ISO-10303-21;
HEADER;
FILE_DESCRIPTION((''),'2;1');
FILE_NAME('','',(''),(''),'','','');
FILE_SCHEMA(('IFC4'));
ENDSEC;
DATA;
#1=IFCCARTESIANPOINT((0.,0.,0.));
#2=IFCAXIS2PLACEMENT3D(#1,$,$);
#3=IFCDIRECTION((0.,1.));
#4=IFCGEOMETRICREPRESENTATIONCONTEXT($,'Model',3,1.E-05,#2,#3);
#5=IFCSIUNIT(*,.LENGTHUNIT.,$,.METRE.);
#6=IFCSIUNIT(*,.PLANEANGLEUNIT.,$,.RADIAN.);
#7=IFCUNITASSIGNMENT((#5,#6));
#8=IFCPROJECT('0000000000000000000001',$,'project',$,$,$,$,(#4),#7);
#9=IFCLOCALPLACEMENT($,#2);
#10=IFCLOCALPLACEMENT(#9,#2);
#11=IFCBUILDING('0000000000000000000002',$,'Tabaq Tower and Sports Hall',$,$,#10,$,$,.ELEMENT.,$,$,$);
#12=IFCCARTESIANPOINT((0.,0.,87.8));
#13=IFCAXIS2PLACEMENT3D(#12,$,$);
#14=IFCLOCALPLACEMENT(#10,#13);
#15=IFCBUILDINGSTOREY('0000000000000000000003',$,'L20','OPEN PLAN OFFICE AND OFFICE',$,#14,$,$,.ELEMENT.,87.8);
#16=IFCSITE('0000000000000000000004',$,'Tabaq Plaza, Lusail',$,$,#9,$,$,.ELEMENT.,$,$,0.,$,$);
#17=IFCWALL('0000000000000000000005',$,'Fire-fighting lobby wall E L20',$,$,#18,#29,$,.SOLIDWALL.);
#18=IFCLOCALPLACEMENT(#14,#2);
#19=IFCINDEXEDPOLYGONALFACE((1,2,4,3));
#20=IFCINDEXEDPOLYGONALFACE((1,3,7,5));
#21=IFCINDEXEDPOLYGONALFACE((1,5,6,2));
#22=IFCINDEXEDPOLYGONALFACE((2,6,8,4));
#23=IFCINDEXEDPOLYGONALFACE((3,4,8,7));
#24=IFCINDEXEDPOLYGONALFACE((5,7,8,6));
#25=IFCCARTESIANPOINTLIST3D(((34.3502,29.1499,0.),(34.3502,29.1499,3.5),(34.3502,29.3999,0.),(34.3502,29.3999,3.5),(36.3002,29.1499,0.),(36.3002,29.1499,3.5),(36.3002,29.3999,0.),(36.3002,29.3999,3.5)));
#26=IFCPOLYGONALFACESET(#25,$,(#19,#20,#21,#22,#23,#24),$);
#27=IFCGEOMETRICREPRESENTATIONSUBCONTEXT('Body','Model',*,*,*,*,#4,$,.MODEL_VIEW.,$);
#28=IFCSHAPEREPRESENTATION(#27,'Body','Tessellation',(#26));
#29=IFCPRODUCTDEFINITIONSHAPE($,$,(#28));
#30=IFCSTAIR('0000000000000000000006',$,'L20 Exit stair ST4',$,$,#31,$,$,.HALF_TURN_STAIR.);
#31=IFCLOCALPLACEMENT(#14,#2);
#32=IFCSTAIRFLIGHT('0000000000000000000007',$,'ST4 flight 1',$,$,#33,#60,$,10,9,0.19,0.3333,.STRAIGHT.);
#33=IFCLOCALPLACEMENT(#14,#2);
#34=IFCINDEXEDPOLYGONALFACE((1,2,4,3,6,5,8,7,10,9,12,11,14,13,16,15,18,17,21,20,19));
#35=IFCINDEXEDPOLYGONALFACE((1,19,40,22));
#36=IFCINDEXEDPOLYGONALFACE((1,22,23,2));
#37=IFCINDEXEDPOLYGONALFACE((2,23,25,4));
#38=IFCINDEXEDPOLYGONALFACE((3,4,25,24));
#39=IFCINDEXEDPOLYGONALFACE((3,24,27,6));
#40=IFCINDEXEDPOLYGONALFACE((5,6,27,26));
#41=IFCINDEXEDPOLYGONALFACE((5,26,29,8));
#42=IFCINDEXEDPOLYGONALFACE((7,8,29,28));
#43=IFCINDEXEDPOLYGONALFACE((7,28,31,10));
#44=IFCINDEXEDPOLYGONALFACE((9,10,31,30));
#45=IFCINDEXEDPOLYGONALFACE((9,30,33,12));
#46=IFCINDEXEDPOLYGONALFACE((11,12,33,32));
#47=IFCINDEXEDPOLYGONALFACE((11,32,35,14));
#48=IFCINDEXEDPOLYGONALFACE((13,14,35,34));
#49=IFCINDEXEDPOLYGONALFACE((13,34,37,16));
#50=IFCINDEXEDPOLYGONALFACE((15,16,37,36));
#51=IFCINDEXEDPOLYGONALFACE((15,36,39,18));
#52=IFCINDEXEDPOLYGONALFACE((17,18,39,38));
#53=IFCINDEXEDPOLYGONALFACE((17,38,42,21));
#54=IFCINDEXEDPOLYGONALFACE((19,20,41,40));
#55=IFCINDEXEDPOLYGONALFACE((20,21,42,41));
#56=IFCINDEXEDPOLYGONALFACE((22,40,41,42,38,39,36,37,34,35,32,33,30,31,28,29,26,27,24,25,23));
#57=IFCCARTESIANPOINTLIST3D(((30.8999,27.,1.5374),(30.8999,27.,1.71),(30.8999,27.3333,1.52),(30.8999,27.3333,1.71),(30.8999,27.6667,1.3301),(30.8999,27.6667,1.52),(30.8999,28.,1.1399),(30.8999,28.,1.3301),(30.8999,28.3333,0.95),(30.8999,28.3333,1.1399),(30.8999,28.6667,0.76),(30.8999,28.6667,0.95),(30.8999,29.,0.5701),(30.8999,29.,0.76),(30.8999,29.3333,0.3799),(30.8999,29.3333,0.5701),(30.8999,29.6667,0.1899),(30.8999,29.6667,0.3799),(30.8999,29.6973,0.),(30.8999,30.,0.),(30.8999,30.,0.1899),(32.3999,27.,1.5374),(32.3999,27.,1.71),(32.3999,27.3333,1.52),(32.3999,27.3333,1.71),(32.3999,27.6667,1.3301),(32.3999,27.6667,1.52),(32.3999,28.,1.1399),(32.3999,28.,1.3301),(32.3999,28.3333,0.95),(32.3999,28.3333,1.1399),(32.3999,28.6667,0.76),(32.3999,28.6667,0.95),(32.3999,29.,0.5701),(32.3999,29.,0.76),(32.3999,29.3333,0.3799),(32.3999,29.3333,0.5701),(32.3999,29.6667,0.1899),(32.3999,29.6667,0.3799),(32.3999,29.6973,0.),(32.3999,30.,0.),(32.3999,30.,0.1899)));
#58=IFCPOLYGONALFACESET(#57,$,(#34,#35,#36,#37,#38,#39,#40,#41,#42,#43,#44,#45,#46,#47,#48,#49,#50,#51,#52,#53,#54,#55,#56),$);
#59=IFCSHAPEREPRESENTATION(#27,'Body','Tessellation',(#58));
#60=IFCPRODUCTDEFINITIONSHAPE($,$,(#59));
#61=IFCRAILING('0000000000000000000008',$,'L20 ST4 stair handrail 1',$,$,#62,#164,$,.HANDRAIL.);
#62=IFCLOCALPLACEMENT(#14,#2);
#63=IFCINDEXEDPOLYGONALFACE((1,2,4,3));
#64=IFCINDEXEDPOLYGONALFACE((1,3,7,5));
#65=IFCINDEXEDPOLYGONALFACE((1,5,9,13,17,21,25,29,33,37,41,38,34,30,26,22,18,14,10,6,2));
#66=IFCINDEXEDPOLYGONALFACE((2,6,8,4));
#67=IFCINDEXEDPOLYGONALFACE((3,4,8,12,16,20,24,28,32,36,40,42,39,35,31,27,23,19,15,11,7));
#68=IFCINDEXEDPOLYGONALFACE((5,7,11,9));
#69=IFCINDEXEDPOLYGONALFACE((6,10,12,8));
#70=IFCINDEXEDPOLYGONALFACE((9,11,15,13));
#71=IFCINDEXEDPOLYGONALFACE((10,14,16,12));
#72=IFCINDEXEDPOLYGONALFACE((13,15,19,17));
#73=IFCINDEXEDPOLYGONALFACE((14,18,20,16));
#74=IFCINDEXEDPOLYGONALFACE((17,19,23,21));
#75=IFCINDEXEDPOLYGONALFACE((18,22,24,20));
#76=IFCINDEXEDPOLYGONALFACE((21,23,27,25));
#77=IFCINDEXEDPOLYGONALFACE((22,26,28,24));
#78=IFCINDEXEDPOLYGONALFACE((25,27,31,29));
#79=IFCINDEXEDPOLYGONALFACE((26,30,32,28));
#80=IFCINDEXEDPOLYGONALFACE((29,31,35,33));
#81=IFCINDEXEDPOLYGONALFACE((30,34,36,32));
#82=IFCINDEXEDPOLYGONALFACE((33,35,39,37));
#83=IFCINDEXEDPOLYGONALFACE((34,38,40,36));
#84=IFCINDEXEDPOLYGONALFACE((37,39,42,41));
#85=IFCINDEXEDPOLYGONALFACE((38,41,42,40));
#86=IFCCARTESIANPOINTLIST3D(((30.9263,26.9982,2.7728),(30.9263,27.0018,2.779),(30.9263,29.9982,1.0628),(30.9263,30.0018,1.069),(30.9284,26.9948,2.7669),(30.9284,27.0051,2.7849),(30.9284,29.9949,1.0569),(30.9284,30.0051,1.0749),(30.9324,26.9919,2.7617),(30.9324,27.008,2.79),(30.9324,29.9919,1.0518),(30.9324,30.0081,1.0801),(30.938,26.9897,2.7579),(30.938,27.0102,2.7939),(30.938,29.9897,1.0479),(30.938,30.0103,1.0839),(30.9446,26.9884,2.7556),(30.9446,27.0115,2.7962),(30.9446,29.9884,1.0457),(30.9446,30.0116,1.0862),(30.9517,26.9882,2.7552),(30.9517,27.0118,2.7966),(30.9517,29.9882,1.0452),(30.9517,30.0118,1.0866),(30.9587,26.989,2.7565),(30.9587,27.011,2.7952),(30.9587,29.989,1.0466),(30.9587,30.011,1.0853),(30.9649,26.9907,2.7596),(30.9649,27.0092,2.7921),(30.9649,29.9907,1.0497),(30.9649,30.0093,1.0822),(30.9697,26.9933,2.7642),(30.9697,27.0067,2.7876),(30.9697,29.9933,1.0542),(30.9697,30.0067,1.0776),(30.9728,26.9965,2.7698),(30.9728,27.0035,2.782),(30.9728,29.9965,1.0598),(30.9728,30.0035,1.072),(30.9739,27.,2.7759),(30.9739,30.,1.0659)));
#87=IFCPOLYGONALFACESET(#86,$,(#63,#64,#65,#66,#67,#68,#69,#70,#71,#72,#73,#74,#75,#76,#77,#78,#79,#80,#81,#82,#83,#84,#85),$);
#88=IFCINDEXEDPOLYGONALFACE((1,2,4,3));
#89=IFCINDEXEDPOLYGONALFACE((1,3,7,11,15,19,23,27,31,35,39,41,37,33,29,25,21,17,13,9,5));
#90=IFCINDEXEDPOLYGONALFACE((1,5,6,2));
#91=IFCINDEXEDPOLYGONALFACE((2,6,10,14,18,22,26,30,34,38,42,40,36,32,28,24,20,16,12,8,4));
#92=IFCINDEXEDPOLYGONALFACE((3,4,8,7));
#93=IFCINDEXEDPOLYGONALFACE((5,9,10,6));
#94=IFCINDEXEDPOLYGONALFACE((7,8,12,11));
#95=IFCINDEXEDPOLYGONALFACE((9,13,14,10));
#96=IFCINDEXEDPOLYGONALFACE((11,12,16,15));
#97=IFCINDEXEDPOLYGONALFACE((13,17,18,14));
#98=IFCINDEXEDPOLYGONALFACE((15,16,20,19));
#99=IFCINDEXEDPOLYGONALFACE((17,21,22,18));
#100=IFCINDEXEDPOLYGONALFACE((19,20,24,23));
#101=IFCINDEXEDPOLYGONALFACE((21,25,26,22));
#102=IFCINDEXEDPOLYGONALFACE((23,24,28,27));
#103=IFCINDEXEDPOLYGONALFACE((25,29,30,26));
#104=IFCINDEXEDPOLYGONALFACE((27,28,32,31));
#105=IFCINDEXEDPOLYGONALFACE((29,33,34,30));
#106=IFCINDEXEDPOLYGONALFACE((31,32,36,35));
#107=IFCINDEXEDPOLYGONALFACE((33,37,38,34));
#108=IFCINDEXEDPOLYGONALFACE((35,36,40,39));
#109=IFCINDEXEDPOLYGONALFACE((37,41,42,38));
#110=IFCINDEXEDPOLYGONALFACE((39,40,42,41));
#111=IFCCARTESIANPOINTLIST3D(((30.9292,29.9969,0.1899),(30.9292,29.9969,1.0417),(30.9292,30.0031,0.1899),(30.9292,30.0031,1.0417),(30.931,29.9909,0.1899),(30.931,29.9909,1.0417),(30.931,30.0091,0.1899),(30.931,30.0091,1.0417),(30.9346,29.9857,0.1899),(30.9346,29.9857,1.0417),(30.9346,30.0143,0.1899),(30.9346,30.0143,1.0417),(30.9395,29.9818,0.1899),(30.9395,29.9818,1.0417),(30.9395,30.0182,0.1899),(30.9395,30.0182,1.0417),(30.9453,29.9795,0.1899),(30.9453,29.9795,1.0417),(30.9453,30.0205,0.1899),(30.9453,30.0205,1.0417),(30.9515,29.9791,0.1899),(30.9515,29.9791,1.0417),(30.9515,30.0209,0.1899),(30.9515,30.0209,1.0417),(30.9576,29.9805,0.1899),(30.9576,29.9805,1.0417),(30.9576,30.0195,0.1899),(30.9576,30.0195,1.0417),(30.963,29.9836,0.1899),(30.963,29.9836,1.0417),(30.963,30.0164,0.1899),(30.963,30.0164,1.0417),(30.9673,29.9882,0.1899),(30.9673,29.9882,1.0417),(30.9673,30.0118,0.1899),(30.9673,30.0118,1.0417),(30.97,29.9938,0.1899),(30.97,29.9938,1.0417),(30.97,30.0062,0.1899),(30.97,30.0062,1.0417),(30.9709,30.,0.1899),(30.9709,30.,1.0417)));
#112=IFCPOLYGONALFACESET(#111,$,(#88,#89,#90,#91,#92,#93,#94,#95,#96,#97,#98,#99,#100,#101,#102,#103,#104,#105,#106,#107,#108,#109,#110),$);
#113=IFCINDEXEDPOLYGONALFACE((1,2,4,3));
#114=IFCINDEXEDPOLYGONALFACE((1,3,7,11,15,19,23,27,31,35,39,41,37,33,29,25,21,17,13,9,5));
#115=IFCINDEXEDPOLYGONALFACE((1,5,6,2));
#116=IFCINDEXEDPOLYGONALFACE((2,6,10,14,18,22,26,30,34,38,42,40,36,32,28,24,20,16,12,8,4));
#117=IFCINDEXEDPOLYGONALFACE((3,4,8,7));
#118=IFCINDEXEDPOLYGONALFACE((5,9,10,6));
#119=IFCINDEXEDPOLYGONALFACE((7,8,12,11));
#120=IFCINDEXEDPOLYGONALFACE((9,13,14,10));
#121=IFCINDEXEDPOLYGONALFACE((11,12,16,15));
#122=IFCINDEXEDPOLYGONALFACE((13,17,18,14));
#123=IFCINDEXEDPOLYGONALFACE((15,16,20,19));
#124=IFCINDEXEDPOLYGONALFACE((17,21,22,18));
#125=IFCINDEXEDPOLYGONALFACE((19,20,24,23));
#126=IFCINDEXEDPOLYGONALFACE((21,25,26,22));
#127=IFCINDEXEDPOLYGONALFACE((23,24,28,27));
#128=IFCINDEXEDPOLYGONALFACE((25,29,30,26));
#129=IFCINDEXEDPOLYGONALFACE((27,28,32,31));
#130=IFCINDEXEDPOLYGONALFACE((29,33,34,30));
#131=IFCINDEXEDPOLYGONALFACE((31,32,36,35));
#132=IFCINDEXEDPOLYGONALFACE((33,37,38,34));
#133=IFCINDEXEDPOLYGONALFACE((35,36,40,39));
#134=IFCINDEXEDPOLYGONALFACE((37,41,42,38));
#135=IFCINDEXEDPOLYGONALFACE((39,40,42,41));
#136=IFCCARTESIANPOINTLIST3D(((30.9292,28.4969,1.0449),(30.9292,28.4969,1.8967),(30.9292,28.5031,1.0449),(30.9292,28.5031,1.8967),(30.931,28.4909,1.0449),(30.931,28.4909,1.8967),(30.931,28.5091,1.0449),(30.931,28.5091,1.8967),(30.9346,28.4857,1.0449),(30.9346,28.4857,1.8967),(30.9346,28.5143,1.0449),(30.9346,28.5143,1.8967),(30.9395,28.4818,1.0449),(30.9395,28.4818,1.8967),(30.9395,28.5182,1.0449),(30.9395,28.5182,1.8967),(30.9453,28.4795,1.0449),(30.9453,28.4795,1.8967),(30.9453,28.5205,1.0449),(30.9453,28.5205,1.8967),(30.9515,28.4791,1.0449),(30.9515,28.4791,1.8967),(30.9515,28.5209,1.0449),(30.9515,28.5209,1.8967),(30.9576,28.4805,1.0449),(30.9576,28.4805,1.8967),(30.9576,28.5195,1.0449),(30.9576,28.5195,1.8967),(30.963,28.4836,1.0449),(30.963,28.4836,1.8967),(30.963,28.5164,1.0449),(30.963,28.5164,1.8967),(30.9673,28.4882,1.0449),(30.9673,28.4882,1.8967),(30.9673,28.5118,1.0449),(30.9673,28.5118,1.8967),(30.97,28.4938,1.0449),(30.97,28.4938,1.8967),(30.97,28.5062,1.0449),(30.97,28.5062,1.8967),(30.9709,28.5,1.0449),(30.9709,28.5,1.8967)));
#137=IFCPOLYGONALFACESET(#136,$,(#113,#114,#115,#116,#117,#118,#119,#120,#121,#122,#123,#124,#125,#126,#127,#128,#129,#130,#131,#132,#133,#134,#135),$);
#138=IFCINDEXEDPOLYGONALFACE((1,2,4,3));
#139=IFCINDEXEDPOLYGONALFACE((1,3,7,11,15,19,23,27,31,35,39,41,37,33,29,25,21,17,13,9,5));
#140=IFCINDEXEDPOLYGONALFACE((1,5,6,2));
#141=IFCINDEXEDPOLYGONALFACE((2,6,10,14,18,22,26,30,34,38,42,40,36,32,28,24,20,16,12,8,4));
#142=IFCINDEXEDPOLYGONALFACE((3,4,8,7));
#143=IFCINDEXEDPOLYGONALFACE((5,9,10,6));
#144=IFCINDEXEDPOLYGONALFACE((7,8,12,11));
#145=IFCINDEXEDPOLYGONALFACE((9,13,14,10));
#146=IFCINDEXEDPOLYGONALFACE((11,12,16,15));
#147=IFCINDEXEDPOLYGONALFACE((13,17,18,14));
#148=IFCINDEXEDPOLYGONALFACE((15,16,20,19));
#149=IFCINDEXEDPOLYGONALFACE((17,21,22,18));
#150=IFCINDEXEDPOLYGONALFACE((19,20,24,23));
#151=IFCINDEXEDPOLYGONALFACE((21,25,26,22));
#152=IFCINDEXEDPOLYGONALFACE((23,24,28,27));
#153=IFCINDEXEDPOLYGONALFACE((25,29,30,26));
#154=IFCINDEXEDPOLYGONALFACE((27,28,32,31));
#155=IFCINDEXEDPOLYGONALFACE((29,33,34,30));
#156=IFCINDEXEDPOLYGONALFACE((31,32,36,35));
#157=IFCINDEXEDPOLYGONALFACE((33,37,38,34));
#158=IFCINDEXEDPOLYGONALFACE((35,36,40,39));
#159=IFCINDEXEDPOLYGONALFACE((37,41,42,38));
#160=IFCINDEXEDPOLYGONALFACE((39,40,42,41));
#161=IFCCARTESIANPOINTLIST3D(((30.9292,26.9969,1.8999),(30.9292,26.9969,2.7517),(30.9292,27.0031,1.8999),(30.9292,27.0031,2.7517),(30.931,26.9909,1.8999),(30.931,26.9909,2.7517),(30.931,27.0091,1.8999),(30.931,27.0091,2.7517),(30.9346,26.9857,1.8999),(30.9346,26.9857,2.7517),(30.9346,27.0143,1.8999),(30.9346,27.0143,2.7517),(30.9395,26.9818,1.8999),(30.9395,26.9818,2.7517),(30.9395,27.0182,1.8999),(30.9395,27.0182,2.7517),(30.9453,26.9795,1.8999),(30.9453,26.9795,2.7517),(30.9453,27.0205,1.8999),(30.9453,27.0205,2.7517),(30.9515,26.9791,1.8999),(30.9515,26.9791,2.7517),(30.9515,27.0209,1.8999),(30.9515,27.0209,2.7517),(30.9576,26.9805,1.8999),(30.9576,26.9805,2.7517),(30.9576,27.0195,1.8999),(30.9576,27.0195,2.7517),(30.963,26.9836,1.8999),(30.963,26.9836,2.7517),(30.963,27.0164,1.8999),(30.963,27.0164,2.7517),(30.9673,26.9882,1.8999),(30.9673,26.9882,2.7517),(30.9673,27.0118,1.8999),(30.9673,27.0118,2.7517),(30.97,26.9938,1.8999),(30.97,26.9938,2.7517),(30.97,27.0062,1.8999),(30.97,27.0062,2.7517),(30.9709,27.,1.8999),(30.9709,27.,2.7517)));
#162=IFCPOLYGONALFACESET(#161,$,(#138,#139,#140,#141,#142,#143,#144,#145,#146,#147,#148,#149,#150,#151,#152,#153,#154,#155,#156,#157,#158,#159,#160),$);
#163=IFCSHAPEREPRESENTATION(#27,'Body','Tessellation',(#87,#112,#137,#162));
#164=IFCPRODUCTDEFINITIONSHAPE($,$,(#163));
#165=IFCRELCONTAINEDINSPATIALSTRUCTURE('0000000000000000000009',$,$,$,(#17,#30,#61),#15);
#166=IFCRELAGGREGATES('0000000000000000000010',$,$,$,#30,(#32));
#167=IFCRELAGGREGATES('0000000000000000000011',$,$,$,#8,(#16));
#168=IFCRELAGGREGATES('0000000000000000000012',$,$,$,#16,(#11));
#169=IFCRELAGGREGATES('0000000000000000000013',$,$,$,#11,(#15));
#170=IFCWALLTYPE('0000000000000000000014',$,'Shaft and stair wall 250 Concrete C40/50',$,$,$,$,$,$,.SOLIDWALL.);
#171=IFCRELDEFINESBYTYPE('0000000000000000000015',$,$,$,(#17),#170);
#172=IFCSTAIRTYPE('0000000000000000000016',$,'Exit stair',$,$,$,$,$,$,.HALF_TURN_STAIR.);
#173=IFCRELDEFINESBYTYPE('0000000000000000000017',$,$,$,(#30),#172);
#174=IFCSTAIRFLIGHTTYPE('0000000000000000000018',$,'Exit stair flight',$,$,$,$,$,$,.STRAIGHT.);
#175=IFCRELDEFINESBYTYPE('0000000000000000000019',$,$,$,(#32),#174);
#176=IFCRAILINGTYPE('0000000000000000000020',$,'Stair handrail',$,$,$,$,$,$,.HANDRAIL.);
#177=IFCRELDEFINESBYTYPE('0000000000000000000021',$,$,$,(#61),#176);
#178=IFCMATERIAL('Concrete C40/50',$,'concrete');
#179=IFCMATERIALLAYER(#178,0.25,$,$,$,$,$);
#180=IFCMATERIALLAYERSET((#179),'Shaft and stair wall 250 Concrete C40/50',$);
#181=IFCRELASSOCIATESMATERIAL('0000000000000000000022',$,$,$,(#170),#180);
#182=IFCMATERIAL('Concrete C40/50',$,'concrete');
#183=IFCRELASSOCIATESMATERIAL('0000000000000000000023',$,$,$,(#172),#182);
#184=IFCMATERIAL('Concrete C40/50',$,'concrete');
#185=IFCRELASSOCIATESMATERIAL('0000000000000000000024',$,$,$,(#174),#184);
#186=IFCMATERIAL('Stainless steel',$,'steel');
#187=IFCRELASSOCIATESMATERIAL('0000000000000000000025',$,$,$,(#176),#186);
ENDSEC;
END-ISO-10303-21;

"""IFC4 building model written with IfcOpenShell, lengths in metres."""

from ifc_helpers import new_model, si_unit, direction, frame, frame_2d, origin, origin_2d, place, context, subcontext, project, spatial, polyline, rectangle, circle, outline, extrude, material, layer, layer_set, type_object, element, aggregate, save


model = new_model("IFC4")

# Units and contexts
model_context = context("Model", 3, precision=1e-05, world=origin(), true_north=direction((0.0, 1.0)))
body_context = subcontext(model_context, "Body", "Model", "MODEL_VIEW")
ifc_project = project(units=[si_unit("LENGTHUNIT", "METRE"), si_unit("PLANEANGLEUNIT", "RADIAN")], contexts=[model_context])

# Site, building, storey
site_placement = place(None, origin())
site = spatial("IfcSite", under=ifc_project, at=site_placement, Name="Tabaq Plaza, Lusail", CompositionType="ELEMENT", RefElevation=0.0)
building_placement = place(site_placement, origin())
building = spatial("IfcBuilding", under=site, at=building_placement, Name="Tabaq Tower and Sports Hall", CompositionType="ELEMENT")
storey_placement = place(building_placement, frame((0.0, 0.0, 87.8)))
storey = spatial("IfcBuildingStorey", under=building, at=storey_placement, Name="L20", Description="OPEN PLAN OFFICE AND OFFICE", CompositionType="ELEMENT", Elevation=87.8)

# Shared definitions
ifc_material_1 = material(Name="Concrete C40/50", Category="concrete")
ifc_layer_1 = layer(ifc_material_1, 0.25)
ifc_layer_set_1 = layer_set([ifc_layer_1], Name="Shaft and stair wall 250 Concrete C40/50")
wall_type_1 = type_object("IfcWallType", Name="Shaft and stair wall 250 Concrete C40/50", PredefinedType="SOLIDWALL", material=ifc_layer_set_1)

# Wall
wall_1_placement = place(storey_placement, frame((34.3501, 29.2749, 0.0), z_axis=(0.0, 0.0, 1.0), x_axis=(1.0, 0.0, 0.0)))
element("IfcWall", 1, at=wall_1_placement, inside=storey, type_object=wall_type_1, Name="Fire-fighting lobby wall E L20", PredefinedType="SOLIDWALL", context=body_context, shape_type="SweptSolid", body=[
    extrude(rectangle(XDim=1.95, YDim=0.25, at=frame_2d((0.9751, 0.0))), origin(), (0.0, 0.0, 1.0), 3.5),
])

# Stair, stair flight
ifc_material_2 = material(Name="Concrete C40/50", Category="concrete")
stair_type = type_object("IfcStairType", Name="Exit stair", PredefinedType="HALF_TURN_STAIR", material=ifc_material_2)
stair_placement = place(storey_placement, origin())
stair = element("IfcStair", 2, at=stair_placement, inside=storey, type_object=stair_type, Name="L20 Exit stair ST4", PredefinedType="HALF_TURN_STAIR")
ifc_material_3 = material(Name="Concrete C40/50", Category="concrete")
stair_flight_type = type_object("IfcStairFlightType", Name="Exit stair flight", PredefinedType="STRAIGHT", material=ifc_material_3)
stair_flight_placement = place(storey_placement, frame((31.6499, 30.0, 0.0), z_axis=(0.0, 0.0, 1.0), x_axis=(0.0, -1.0, 0.0)))
stair_flight = element("IfcStairFlight", 3, at=stair_flight_placement, type_object=stair_flight_type, Name="ST4 flight 1", NumberOfRisers=10, NumberOfTreads=9, PredefinedType="STRAIGHT", RiserHeight=0.19, TreadLength=0.3333, context=body_context, shape_type="SweptSolid", body=[
    extrude(outline(polyline([(0.0, 0.0), (0.0, 0.1899), (0.3333, 0.1899), (0.3333, 0.3799), (0.6667, 0.3799), (0.6667, 0.5701), (1.0, 0.5701), (1.0, 0.76), (1.3333, 0.76), (1.3333, 0.95), (1.6667, 0.95), (1.6667, 1.1399), (2.0, 1.1399), (2.0, 1.3301), (2.3333, 1.3301), (2.3333, 1.52), (2.6667, 1.52), (2.6667, 1.71), (3.0, 1.71), (3.0, 1.8999), (3.0, 1.5374), (0.3027, 0.0), (0.0, 0.0)])), frame((0.0, 0.75, 0.0), z_axis=(0.0, -1.0, 0.0), x_axis=(1.0, 0.0, 0.0)), (0.0, 0.0, 1.0), 1.5),
])
aggregate(stair, [stair_flight])

# Railing
ifc_material_4 = material(Name="Stainless steel", Category="steel")
railing_type_1 = type_object("IfcRailingType", Name="Stair handrail", PredefinedType="HANDRAIL", material=ifc_material_4)
railing_1_placement = place(storey_placement, frame((30.95, 30.0, 0.1899)))
element("IfcRailing", 4, at=railing_1_placement, inside=storey, type_object=railing_type_1, Name="L20 ST4 stair handrail 1", PredefinedType="HANDRAIL", context=body_context, shape_type="SweptSolid", body=[
    extrude(circle(Radius=0.0239, at=origin_2d()), frame((0.0, 0.0, 0.876), z_axis=(0.0, -0.868782, 0.495195), x_axis=(1.0, 0.0, 0.0)), (0.0, 0.0, 1.0), 3.4531),
    extrude(circle(Radius=0.021, at=origin_2d()), origin(), (0.0, 0.0, 1.0), 0.8518),
    extrude(circle(Radius=0.021, at=origin_2d()), frame((0.0, -1.5, 0.855)), (0.0, 0.0, 1.0), 0.8518),
    extrude(circle(Radius=0.021, at=origin_2d()), frame((0.0, -3.0, 1.71)), (0.0, 0.0, 1.0), 0.8518),
])

save(model, "model.ifc")
